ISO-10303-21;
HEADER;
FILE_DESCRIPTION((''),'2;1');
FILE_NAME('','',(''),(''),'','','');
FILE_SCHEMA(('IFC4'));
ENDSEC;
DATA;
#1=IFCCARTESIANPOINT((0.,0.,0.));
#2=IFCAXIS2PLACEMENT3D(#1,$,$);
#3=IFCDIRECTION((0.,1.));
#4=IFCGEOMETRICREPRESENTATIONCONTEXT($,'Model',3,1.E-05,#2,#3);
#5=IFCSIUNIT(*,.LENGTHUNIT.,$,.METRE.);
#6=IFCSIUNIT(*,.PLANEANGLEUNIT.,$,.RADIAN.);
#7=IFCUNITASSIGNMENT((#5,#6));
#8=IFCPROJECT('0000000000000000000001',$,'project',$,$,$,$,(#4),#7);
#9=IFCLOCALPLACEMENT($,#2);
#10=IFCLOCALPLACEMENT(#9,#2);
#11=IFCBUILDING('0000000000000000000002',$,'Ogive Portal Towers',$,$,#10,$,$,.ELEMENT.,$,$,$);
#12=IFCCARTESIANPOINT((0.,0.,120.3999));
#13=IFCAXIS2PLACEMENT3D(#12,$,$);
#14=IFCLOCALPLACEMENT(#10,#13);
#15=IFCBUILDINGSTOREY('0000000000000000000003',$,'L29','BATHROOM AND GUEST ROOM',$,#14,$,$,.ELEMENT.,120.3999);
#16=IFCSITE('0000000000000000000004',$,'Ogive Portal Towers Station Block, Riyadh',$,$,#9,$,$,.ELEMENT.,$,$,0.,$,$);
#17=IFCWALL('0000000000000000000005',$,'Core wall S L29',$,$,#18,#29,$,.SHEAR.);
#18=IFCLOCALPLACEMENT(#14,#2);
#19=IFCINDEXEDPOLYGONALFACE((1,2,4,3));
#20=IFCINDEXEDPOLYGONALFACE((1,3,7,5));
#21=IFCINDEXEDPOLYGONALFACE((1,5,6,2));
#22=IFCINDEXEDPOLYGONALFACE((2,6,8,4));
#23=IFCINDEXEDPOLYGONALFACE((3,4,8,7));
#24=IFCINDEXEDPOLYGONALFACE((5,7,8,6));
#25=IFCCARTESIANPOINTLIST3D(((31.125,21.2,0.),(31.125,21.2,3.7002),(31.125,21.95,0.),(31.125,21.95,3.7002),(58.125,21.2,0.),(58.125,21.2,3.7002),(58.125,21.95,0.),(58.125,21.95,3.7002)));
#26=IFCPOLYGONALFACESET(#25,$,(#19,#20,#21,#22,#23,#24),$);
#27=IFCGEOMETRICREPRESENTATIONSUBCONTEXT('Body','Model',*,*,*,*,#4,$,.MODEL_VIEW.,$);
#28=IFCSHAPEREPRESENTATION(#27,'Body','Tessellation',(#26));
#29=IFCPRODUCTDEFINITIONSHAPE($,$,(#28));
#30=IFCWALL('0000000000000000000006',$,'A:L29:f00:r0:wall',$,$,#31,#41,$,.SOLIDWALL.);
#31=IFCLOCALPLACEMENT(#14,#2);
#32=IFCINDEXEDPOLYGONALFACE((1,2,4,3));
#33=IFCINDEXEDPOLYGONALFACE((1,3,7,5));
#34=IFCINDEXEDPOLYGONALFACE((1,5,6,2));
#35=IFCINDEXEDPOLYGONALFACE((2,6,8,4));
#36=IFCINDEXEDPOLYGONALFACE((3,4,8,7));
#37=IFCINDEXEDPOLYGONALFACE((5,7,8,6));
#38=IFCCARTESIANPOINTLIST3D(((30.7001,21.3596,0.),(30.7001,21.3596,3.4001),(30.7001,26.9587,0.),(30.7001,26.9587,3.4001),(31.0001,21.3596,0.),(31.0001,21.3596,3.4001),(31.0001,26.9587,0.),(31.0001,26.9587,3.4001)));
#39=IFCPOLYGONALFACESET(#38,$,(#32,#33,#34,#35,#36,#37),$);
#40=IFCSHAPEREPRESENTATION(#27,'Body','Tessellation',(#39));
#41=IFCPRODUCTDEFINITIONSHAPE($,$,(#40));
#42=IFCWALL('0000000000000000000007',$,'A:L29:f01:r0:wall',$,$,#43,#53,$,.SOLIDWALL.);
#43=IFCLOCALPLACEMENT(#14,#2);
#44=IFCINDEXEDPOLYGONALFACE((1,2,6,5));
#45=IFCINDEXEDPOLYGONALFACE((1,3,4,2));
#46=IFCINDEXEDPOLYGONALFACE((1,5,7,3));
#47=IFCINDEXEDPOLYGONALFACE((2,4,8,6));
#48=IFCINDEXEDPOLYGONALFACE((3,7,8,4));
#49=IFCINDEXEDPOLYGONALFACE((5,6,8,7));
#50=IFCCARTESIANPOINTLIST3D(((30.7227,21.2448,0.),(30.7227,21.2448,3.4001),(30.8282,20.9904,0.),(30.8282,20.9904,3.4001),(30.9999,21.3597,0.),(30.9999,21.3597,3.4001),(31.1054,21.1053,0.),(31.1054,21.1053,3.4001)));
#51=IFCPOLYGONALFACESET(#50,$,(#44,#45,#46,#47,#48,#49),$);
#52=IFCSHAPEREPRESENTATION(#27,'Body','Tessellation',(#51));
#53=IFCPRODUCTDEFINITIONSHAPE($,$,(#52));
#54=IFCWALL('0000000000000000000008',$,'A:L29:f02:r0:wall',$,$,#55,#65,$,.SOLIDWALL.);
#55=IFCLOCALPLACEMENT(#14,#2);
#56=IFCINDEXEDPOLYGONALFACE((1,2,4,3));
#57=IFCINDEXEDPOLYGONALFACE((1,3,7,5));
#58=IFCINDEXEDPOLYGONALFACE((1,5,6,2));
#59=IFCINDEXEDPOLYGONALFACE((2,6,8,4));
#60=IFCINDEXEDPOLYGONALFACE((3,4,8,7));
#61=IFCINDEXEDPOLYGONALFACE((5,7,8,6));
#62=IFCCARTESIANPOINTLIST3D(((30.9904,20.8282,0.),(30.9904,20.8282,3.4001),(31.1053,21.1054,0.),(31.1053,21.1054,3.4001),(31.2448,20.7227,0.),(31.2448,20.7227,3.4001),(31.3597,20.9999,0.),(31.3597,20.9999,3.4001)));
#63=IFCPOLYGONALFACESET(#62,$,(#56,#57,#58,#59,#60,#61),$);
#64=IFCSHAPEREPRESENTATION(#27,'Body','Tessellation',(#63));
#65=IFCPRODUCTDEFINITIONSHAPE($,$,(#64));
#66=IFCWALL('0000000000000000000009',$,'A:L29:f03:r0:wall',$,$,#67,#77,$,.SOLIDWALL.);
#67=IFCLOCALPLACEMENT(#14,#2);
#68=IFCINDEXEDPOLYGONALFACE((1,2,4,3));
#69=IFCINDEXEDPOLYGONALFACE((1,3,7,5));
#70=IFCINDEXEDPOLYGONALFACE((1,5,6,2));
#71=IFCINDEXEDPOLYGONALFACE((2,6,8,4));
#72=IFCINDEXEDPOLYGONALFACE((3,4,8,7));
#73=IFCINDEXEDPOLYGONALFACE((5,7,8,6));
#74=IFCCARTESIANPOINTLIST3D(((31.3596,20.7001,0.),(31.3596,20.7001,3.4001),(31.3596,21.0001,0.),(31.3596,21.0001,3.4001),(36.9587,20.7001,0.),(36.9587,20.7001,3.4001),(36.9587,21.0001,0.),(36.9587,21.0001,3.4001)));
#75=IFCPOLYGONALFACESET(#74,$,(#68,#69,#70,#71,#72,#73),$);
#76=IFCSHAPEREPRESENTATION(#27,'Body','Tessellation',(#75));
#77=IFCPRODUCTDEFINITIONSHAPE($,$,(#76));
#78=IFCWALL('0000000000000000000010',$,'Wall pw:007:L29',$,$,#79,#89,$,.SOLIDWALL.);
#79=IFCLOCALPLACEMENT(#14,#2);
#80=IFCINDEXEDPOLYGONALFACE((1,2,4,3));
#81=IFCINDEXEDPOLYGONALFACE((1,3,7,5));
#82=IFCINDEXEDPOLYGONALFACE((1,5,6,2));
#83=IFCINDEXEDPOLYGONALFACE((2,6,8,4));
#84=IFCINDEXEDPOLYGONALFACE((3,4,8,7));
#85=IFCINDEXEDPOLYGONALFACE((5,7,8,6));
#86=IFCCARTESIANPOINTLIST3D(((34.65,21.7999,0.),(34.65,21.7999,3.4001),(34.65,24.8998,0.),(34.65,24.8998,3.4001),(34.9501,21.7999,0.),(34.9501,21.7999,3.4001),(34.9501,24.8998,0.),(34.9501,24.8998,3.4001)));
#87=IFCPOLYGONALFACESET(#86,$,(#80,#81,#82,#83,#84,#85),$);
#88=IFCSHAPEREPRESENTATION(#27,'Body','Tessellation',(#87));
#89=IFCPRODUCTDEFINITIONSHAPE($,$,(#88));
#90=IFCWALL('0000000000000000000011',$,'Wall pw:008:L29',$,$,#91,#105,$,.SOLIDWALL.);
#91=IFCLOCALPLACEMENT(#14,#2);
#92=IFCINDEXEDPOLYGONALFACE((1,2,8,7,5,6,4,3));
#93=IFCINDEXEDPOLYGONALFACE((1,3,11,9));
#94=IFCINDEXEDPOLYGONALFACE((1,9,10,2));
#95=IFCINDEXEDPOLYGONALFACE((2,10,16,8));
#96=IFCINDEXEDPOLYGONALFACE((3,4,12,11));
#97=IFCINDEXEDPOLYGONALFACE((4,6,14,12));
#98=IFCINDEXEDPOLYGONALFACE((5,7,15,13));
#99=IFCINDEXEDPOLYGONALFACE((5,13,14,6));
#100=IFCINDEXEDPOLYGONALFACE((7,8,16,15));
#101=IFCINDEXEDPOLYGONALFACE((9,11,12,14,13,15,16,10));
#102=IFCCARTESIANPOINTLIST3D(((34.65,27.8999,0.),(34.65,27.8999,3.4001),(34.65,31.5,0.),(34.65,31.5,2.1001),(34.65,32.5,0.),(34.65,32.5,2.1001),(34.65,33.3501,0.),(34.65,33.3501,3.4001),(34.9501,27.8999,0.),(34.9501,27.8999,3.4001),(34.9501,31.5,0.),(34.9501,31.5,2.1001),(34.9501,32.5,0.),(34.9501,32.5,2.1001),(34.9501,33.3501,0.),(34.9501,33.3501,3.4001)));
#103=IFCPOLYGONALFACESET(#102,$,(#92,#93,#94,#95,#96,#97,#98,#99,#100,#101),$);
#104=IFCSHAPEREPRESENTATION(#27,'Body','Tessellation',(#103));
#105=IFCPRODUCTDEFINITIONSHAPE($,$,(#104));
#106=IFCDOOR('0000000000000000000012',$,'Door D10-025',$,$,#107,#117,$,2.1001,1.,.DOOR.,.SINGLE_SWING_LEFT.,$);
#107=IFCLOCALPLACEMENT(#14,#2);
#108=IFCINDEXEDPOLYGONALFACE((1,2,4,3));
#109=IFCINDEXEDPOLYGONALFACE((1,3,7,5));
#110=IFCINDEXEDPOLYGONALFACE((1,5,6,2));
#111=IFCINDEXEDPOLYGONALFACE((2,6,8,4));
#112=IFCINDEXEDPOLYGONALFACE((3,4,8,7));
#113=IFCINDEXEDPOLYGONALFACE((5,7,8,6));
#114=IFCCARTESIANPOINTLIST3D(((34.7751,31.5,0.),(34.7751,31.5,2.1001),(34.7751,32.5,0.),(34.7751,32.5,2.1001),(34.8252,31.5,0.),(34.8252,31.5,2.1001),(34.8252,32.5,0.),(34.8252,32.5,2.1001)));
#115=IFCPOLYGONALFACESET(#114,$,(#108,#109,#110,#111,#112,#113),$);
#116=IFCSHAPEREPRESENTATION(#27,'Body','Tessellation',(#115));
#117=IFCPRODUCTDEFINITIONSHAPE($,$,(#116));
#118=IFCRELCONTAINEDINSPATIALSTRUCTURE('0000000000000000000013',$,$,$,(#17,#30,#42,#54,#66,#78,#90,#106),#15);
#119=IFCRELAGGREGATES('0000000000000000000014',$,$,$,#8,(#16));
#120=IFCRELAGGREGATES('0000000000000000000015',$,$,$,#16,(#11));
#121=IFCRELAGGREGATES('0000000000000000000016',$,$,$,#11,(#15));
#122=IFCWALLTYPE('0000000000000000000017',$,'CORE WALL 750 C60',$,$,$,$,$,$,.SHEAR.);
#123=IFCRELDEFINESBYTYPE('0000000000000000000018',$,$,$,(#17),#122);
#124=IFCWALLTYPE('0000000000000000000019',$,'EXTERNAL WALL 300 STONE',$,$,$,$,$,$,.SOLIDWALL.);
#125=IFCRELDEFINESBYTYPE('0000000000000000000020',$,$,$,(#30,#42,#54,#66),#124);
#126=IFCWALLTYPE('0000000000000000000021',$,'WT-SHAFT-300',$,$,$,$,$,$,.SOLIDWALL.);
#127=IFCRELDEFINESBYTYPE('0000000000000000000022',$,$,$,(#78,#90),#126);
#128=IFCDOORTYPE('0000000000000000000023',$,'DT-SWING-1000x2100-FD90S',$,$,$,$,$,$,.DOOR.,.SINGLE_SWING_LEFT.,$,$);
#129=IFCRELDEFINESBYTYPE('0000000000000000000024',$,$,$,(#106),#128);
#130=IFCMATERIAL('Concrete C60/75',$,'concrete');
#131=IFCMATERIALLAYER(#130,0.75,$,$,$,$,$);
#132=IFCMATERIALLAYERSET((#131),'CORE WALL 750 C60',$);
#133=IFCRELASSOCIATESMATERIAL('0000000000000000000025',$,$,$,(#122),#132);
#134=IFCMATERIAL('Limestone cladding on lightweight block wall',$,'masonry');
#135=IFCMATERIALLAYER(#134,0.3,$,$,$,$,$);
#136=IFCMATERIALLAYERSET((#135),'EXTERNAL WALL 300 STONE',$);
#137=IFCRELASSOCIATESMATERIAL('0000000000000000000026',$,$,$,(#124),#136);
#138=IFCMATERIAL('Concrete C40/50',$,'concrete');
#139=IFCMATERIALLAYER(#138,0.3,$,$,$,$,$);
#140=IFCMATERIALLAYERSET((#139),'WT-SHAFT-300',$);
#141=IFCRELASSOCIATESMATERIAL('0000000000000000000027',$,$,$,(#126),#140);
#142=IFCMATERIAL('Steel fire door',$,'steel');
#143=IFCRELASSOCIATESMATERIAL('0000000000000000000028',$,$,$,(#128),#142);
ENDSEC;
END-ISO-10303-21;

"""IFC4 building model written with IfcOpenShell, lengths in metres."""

from ifc_helpers import new_model, si_unit, direction, frame, frame_2d, origin, place, context, subcontext, project, spatial, rectangle, extrude, material, layer, layer_set, type_object, element, fill, save


model = new_model("IFC4")

# Units and contexts
model_context = context("Model", 3, precision=1e-05, world=origin(), true_north=direction((0.0, 1.0)))
body_context = subcontext(model_context, "Body", "Model", "MODEL_VIEW")
ifc_project = project(units=[si_unit("LENGTHUNIT", "METRE"), si_unit("PLANEANGLEUNIT", "RADIAN")], contexts=[model_context])

# Site, building, storey
site_placement = place(None, origin())
site = spatial("IfcSite", under=ifc_project, at=site_placement, Name="Ogive Portal Towers Station Block, Riyadh", CompositionType="ELEMENT", RefElevation=0.0)
building_placement = place(site_placement, origin())
building = spatial("IfcBuilding", under=site, at=building_placement, Name="Ogive Portal Towers", CompositionType="ELEMENT")
storey_placement = place(building_placement, frame((0.0, 0.0, 120.3999)))
storey = spatial("IfcBuildingStorey", under=building, at=storey_placement, Name="L29", Description="BATHROOM AND GUEST ROOM", CompositionType="ELEMENT", Elevation=120.3999)

# Shared definitions
ifc_material_1 = material(Name="Concrete C40/50", Category="concrete")

# Walls
ifc_material_2 = material(Name="Concrete C60/75", Category="concrete")
ifc_layer_1 = layer(ifc_material_2, 0.75)
ifc_layer_set_1 = layer_set([ifc_layer_1], Name="CORE WALL 750 C60")
wall_type_1 = type_object("IfcWallType", Name="CORE WALL 750 C60", PredefinedType="SHEAR", material=ifc_layer_set_1)
wall_1_placement = place(storey_placement, frame((31.125, 21.575, 0.0), z_axis=(0.0, 0.0, 1.0), x_axis=(1.0, 0.0, 0.0)))
element("IfcWall", 1, at=wall_1_placement, inside=storey, type_object=wall_type_1, Name="Core wall S L29", PredefinedType="SHEAR", context=body_context, shape_type="SweptSolid", body=[
    extrude(rectangle(XDim=27.0, YDim=0.75, at=frame_2d((13.5, 0.0))), origin(), (0.0, 0.0, 1.0), 3.7002),
])
ifc_material_3 = material(Name="Limestone cladding on lightweight block wall", Category="masonry")
ifc_layer_2 = layer(ifc_material_3, 0.3)
ifc_layer_set_2 = layer_set([ifc_layer_2], Name="EXTERNAL WALL 300 STONE")
wall_type_2 = type_object("IfcWallType", Name="EXTERNAL WALL 300 STONE", PredefinedType="SOLIDWALL", material=ifc_layer_set_2)
wall_2_placement = place(storey_placement, frame((30.8501, 26.9587, 0.0), z_axis=(0.0, 0.0, 1.0), x_axis=(0.0, -1.0, 0.0)))
element("IfcWall", 2, at=wall_2_placement, inside=storey, type_object=wall_type_2, Name="A:L29:f00:r0:wall", PredefinedType="SOLIDWALL", context=body_context, shape_type="SweptSolid", body=[
    extrude(rectangle(XDim=5.5991, YDim=0.3, at=frame_2d((2.7996, 0.0))), origin(), (0.0, 0.0, 1.0), 3.4001),
])
for number, where, z_axis, x_axis, name in (
    (3, (30.8613, 21.3022, 0.0), (0.0, 0.0, 1.0), (0.382978, -0.923757, 0.0), "A:L29:f01:r0:wall"),
    (4, (31.0479, 20.9668, 0.0), (0.0, 0.0, 1.0), (0.923757, -0.382978, 0.0), "A:L29:f02:r0:wall"),
):
    element("IfcWall", number, at=place(storey_placement, frame(where, z_axis=z_axis, x_axis=x_axis)), inside=storey, type_object=wall_type_2, Name=name, PredefinedType="SOLIDWALL", context=body_context, shape_type="SweptSolid", body=[
        extrude(rectangle(XDim=0.2754, YDim=0.3, at=frame_2d((0.1377, 0.0))), origin(), (0.0, 0.0, 1.0), 3.4001),
    ])
wall_3_placement = place(storey_placement, frame((31.3596, 20.8501, 0.0), z_axis=(0.0, 0.0, 1.0), x_axis=(1.0, 0.0, 0.0)))
element("IfcWall", 5, at=wall_3_placement, inside=storey, type_object=wall_type_2, Name="A:L29:f03:r0:wall", PredefinedType="SOLIDWALL", context=body_context, shape_type="SweptSolid", body=[
    extrude(rectangle(XDim=5.5991, YDim=0.3, at=frame_2d((2.7996, 0.0))), origin(), (0.0, 0.0, 1.0), 3.4001),
])

# Shared definitions
ifc_layer_3 = layer(ifc_material_1, 0.3)
ifc_layer_set_3 = layer_set([ifc_layer_3], Name="WT-SHAFT-300")
wall_type_3 = type_object("IfcWallType", Name="WT-SHAFT-300", PredefinedType="SOLIDWALL", material=ifc_layer_set_3)
ifc_material_4 = material(Name="Steel fire door", Category="steel")

# Wall
wall_4_placement = place(storey_placement, frame((34.8, 21.8, 0.0), z_axis=(0.0, 0.0, 1.0), x_axis=(0.0, 1.0, 0.0)))
element("IfcWall", 6, at=wall_4_placement, inside=storey, type_object=wall_type_3, Name="Wall pw:007:L29", PredefinedType="SOLIDWALL", context=body_context, shape_type="SweptSolid", body=[
    extrude(rectangle(XDim=3.0999, YDim=0.3, at=frame_2d((1.5498, 0.0))), origin(), (0.0, 0.0, 1.0), 3.4001),
])

# Wall, opening, door
wall_5_placement = place(storey_placement, frame((34.8, 27.8999, 0.0), z_axis=(0.0, 0.0, 1.0), x_axis=(0.0, 1.0, 0.0)))
wall_5 = element("IfcWall", 7, at=wall_5_placement, inside=storey, type_object=wall_type_3, Name="Wall pw:008:L29", PredefinedType="SOLIDWALL", context=body_context, shape_type="SweptSolid", body=[
    extrude(rectangle(XDim=5.4502, YDim=0.3, at=frame_2d((2.7251, 0.0))), origin(), (0.0, 0.0, 1.0), 3.4001),
])
opening_1_placement = place(wall_5_placement, frame((3.6001, 0.0, 0.0)))
opening_1 = element("IfcOpeningElement", 8, at=opening_1_placement, cuts=wall_5, PredefinedType="OPENING", context=body_context, shape_type="SweptSolid", body=[
    extrude(rectangle(XDim=1.0, YDim=2.1001, at=frame_2d((0.5, 1.05))), frame((0.0, 0.1602, 0.0), z_axis=(0.0, -1.0, 0.0), x_axis=(1.0, 0.0, 0.0)), (0.0, 0.0, 1.0), 0.3201),
])
door_type_1 = type_object("IfcDoorType", Name="DT-SWING-1000x2100-FD90S", OperationType="SINGLE_SWING_LEFT", PredefinedType="DOOR", material=ifc_material_4)
door_1_placement = place(opening_1_placement, origin())
door_1 = element("IfcDoor", 9, at=door_1_placement, inside=storey, type_object=door_type_1, Name="Door D10-025", OperationType="SINGLE_SWING_LEFT", OverallHeight=2.1001, OverallWidth=1.0, PredefinedType="DOOR", context=body_context, shape_type="SweptSolid", body=[
    extrude(rectangle(XDim=1.0, YDim=2.1001, at=frame_2d((0.5, 1.05))), frame((0.0, 0.0249, 0.0), z_axis=(0.0, -1.0, 0.0), x_axis=(1.0, 0.0, 0.0)), (0.0, 0.0, 1.0), 0.05),
])
fill(opening_1, door_1)

save(model, "model.ifc")
